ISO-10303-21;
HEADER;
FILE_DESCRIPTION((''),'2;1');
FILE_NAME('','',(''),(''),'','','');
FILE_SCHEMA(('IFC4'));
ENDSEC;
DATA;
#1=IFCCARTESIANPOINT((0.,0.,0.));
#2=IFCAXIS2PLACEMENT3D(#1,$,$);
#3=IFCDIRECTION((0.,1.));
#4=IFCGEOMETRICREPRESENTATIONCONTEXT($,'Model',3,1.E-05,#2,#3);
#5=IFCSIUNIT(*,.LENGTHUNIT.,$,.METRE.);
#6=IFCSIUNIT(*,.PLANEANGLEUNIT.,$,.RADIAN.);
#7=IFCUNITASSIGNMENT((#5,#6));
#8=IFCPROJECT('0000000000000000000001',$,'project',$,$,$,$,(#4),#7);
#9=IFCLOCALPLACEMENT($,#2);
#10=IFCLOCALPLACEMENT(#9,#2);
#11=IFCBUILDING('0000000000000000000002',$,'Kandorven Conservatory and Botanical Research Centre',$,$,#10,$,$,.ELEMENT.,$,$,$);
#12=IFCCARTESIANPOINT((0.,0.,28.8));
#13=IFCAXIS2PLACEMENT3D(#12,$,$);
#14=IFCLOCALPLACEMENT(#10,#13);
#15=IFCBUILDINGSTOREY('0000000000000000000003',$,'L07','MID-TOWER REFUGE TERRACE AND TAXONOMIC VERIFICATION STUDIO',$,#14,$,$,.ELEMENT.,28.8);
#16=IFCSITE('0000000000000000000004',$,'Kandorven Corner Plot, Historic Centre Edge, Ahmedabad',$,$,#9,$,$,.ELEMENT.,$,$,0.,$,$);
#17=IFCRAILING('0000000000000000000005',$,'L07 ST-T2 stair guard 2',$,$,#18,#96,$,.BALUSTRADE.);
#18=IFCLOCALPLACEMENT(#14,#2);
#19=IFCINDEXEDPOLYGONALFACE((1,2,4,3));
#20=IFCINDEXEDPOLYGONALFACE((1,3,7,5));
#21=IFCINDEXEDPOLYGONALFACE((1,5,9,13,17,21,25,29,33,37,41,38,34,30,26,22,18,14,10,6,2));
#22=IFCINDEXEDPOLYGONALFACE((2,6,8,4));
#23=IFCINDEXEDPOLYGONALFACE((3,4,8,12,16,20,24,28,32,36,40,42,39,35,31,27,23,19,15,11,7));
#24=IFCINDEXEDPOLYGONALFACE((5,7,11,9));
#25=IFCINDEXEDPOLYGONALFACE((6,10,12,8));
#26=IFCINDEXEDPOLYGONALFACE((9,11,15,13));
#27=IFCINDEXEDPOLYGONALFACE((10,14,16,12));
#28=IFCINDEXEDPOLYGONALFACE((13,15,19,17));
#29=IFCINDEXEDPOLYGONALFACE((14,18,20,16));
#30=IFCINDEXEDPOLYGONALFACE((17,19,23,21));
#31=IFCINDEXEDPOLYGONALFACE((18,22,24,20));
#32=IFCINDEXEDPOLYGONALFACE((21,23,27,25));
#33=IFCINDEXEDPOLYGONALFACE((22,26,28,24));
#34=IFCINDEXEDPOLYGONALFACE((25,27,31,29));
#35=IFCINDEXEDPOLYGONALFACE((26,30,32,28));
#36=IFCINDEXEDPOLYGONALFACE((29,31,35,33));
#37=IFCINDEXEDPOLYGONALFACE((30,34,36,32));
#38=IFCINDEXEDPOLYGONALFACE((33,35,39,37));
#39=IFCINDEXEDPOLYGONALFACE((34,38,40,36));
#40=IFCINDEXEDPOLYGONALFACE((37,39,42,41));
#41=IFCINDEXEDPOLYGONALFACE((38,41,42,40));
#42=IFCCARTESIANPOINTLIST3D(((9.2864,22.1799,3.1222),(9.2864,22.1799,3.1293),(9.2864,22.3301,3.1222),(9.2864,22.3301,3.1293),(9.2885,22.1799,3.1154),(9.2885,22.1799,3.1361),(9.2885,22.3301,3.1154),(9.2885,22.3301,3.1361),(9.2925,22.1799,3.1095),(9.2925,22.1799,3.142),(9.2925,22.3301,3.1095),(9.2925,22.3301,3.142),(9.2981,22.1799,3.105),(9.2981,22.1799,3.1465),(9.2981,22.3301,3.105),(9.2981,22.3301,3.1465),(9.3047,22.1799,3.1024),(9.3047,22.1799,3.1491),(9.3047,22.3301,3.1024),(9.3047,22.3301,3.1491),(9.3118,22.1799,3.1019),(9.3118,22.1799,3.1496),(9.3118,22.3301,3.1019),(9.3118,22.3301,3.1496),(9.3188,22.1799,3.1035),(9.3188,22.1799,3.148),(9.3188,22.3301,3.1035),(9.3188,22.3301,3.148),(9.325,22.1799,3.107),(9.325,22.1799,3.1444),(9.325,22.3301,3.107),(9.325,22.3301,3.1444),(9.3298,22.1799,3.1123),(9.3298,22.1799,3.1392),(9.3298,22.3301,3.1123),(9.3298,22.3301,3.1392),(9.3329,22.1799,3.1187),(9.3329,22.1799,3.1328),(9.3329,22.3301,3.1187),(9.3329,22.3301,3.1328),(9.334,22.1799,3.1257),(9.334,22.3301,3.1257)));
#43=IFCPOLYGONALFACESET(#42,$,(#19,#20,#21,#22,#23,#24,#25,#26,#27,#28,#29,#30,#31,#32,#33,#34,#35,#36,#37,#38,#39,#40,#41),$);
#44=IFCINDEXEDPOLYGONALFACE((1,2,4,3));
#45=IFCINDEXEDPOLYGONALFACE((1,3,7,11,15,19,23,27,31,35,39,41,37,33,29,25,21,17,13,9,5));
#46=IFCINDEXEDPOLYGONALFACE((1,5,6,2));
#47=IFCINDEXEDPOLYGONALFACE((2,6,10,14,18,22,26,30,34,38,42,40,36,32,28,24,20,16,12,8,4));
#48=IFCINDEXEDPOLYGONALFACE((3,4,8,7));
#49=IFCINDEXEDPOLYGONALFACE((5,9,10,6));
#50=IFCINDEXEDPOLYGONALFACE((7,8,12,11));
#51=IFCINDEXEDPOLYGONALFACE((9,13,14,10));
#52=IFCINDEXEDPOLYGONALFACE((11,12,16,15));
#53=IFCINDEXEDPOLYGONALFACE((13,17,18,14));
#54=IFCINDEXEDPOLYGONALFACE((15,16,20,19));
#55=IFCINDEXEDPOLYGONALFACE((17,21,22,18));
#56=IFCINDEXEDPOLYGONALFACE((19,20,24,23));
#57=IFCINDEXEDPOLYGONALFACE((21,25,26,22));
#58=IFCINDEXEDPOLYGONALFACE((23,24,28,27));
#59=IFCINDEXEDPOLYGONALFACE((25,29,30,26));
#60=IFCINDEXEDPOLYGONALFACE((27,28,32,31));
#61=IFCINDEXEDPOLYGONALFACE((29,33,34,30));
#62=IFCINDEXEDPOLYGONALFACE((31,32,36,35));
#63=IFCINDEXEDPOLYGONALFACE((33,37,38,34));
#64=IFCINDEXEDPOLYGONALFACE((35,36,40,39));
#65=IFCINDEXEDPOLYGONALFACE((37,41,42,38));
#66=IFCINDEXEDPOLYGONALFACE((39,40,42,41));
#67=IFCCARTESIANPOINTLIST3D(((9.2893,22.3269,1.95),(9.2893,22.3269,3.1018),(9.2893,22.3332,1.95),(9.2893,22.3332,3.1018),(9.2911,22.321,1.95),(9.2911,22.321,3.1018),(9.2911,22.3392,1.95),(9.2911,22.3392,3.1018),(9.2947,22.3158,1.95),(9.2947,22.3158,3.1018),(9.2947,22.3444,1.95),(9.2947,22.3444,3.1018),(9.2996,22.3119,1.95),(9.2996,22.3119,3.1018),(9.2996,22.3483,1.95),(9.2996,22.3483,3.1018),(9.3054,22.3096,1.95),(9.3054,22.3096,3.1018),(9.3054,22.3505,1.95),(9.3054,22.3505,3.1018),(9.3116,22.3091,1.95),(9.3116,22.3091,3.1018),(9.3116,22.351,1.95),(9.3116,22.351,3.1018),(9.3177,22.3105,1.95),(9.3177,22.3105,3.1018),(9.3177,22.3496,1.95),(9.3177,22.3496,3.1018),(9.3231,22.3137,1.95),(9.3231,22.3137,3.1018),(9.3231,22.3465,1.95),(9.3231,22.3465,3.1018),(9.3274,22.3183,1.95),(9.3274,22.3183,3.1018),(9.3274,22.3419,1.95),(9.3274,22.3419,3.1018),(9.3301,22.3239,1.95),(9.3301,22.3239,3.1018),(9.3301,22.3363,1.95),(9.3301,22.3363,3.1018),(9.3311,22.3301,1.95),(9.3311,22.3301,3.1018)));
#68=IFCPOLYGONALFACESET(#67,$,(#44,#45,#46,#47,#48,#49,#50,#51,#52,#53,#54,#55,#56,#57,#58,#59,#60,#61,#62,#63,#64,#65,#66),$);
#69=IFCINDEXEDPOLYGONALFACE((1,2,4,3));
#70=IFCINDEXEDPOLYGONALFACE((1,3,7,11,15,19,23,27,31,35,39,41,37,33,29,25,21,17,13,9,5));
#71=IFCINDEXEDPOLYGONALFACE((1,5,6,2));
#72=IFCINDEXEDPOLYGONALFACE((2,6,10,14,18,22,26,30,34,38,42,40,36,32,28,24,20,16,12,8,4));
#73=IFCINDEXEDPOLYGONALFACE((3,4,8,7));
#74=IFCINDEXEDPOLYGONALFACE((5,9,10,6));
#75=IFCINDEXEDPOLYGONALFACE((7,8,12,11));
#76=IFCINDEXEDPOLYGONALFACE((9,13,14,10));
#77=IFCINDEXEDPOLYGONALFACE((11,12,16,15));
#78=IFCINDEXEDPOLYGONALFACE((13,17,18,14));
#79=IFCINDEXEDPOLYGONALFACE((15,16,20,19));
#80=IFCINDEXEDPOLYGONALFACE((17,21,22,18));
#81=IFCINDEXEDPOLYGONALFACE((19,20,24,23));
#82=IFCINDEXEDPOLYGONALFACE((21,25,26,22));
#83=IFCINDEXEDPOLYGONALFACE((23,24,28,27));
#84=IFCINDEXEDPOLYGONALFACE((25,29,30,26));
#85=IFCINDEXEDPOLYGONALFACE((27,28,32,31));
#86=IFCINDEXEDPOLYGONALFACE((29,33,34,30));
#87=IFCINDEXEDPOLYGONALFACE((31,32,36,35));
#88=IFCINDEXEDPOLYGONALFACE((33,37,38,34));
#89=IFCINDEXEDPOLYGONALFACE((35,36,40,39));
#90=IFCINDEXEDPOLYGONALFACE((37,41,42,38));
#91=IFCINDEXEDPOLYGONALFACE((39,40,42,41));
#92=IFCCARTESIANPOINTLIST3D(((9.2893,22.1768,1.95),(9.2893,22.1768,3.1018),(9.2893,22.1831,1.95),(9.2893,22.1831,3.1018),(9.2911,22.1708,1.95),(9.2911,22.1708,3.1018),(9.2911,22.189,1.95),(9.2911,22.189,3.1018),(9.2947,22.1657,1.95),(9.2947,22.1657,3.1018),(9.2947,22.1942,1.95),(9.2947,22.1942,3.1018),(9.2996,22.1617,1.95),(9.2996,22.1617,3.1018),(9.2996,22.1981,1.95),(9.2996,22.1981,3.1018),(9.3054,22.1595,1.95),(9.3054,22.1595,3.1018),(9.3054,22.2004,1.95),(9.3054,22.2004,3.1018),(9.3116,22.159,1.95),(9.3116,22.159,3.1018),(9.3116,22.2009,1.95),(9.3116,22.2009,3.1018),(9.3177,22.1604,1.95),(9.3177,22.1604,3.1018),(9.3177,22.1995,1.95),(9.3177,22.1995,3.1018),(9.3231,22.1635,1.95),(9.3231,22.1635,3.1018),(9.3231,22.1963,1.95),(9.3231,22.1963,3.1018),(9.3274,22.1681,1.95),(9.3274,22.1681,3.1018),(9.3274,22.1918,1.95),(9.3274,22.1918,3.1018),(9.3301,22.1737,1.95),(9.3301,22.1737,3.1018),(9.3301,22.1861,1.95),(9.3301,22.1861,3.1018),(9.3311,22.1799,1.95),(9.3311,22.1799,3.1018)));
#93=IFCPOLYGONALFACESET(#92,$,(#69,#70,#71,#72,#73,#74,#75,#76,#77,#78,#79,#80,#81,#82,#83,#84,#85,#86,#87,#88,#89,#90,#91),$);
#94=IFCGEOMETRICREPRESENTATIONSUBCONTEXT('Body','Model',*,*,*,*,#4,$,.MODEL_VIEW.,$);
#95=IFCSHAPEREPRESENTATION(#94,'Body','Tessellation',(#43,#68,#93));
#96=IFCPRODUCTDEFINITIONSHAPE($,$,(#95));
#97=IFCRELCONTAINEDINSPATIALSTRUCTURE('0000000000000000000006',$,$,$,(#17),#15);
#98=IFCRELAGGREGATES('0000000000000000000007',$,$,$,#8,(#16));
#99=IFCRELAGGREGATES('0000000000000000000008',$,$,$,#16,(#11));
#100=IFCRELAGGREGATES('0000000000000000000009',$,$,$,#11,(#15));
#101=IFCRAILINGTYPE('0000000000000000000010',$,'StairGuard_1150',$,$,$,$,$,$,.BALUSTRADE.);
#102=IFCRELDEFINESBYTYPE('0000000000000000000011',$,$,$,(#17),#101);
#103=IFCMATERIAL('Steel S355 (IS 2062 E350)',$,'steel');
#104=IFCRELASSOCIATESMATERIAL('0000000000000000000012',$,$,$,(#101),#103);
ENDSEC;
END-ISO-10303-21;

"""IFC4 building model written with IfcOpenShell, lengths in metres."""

from ifc_helpers import new_model, si_unit, direction, frame, origin, origin_2d, place, context, subcontext, project, spatial, circle, extrude, material, type_object, element, save


model = new_model("IFC4")

# Units and contexts
model_context = context("Model", 3, precision=1e-05, world=origin(), true_north=direction((0.0, 1.0)))
body_context = subcontext(model_context, "Body", "Model", "MODEL_VIEW")
ifc_project = project(units=[si_unit("LENGTHUNIT", "METRE"), si_unit("PLANEANGLEUNIT", "RADIAN")], contexts=[model_context])

# Site, building, storey
site_placement = place(None, origin())
site = spatial("IfcSite", under=ifc_project, at=site_placement, Name="Kandorven Corner Plot, Historic Centre Edge, Ahmedabad", CompositionType="ELEMENT", RefElevation=0.0)
building_placement = place(site_placement, origin())
building = spatial("IfcBuilding", under=site, at=building_placement, Name="Kandorven Conservatory and Botanical Research Centre", CompositionType="ELEMENT")
storey_placement = place(building_placement, frame((0.0, 0.0, 28.8)))
storey = spatial("IfcBuildingStorey", under=building, at=storey_placement, Name="L07", Description="MID-TOWER REFUGE TERRACE AND TAXONOMIC VERIFICATION STUDIO", CompositionType="ELEMENT", Elevation=28.8)

# Railing
ifc_material_1 = material(Name="Steel S355 (IS 2062 E350)", Category="steel")
railing_type_1 = type_object("IfcRailingType", Name="StairGuard_1150", PredefinedType="BALUSTRADE", material=ifc_material_1)
railing_1_placement = place(storey_placement, frame((9.3101, 22.3301, 1.95)))
element("IfcRailing", 1, at=railing_1_placement, inside=storey, type_object=railing_type_1, Name="L07 ST-T2 stair guard 2", PredefinedType="BALUSTRADE", context=body_context, shape_type="SweptSolid", body=[
    extrude(circle(Radius=0.0239, at=origin_2d()), frame((0.0, 0.0, 1.1758), z_axis=(0.0, -1.0, 0.0), x_axis=(1.0, 0.0, 0.0)), (0.0, 0.0, 1.0), 0.1501),
    extrude(circle(Radius=0.021, at=origin_2d()), origin(), (0.0, 0.0, 1.0), 1.1519),
    extrude(circle(Radius=0.021, at=origin_2d()), frame((0.0, -0.1501, 0.0)), (0.0, 0.0, 1.0), 1.1519),
])

save(model, "model.ifc")
